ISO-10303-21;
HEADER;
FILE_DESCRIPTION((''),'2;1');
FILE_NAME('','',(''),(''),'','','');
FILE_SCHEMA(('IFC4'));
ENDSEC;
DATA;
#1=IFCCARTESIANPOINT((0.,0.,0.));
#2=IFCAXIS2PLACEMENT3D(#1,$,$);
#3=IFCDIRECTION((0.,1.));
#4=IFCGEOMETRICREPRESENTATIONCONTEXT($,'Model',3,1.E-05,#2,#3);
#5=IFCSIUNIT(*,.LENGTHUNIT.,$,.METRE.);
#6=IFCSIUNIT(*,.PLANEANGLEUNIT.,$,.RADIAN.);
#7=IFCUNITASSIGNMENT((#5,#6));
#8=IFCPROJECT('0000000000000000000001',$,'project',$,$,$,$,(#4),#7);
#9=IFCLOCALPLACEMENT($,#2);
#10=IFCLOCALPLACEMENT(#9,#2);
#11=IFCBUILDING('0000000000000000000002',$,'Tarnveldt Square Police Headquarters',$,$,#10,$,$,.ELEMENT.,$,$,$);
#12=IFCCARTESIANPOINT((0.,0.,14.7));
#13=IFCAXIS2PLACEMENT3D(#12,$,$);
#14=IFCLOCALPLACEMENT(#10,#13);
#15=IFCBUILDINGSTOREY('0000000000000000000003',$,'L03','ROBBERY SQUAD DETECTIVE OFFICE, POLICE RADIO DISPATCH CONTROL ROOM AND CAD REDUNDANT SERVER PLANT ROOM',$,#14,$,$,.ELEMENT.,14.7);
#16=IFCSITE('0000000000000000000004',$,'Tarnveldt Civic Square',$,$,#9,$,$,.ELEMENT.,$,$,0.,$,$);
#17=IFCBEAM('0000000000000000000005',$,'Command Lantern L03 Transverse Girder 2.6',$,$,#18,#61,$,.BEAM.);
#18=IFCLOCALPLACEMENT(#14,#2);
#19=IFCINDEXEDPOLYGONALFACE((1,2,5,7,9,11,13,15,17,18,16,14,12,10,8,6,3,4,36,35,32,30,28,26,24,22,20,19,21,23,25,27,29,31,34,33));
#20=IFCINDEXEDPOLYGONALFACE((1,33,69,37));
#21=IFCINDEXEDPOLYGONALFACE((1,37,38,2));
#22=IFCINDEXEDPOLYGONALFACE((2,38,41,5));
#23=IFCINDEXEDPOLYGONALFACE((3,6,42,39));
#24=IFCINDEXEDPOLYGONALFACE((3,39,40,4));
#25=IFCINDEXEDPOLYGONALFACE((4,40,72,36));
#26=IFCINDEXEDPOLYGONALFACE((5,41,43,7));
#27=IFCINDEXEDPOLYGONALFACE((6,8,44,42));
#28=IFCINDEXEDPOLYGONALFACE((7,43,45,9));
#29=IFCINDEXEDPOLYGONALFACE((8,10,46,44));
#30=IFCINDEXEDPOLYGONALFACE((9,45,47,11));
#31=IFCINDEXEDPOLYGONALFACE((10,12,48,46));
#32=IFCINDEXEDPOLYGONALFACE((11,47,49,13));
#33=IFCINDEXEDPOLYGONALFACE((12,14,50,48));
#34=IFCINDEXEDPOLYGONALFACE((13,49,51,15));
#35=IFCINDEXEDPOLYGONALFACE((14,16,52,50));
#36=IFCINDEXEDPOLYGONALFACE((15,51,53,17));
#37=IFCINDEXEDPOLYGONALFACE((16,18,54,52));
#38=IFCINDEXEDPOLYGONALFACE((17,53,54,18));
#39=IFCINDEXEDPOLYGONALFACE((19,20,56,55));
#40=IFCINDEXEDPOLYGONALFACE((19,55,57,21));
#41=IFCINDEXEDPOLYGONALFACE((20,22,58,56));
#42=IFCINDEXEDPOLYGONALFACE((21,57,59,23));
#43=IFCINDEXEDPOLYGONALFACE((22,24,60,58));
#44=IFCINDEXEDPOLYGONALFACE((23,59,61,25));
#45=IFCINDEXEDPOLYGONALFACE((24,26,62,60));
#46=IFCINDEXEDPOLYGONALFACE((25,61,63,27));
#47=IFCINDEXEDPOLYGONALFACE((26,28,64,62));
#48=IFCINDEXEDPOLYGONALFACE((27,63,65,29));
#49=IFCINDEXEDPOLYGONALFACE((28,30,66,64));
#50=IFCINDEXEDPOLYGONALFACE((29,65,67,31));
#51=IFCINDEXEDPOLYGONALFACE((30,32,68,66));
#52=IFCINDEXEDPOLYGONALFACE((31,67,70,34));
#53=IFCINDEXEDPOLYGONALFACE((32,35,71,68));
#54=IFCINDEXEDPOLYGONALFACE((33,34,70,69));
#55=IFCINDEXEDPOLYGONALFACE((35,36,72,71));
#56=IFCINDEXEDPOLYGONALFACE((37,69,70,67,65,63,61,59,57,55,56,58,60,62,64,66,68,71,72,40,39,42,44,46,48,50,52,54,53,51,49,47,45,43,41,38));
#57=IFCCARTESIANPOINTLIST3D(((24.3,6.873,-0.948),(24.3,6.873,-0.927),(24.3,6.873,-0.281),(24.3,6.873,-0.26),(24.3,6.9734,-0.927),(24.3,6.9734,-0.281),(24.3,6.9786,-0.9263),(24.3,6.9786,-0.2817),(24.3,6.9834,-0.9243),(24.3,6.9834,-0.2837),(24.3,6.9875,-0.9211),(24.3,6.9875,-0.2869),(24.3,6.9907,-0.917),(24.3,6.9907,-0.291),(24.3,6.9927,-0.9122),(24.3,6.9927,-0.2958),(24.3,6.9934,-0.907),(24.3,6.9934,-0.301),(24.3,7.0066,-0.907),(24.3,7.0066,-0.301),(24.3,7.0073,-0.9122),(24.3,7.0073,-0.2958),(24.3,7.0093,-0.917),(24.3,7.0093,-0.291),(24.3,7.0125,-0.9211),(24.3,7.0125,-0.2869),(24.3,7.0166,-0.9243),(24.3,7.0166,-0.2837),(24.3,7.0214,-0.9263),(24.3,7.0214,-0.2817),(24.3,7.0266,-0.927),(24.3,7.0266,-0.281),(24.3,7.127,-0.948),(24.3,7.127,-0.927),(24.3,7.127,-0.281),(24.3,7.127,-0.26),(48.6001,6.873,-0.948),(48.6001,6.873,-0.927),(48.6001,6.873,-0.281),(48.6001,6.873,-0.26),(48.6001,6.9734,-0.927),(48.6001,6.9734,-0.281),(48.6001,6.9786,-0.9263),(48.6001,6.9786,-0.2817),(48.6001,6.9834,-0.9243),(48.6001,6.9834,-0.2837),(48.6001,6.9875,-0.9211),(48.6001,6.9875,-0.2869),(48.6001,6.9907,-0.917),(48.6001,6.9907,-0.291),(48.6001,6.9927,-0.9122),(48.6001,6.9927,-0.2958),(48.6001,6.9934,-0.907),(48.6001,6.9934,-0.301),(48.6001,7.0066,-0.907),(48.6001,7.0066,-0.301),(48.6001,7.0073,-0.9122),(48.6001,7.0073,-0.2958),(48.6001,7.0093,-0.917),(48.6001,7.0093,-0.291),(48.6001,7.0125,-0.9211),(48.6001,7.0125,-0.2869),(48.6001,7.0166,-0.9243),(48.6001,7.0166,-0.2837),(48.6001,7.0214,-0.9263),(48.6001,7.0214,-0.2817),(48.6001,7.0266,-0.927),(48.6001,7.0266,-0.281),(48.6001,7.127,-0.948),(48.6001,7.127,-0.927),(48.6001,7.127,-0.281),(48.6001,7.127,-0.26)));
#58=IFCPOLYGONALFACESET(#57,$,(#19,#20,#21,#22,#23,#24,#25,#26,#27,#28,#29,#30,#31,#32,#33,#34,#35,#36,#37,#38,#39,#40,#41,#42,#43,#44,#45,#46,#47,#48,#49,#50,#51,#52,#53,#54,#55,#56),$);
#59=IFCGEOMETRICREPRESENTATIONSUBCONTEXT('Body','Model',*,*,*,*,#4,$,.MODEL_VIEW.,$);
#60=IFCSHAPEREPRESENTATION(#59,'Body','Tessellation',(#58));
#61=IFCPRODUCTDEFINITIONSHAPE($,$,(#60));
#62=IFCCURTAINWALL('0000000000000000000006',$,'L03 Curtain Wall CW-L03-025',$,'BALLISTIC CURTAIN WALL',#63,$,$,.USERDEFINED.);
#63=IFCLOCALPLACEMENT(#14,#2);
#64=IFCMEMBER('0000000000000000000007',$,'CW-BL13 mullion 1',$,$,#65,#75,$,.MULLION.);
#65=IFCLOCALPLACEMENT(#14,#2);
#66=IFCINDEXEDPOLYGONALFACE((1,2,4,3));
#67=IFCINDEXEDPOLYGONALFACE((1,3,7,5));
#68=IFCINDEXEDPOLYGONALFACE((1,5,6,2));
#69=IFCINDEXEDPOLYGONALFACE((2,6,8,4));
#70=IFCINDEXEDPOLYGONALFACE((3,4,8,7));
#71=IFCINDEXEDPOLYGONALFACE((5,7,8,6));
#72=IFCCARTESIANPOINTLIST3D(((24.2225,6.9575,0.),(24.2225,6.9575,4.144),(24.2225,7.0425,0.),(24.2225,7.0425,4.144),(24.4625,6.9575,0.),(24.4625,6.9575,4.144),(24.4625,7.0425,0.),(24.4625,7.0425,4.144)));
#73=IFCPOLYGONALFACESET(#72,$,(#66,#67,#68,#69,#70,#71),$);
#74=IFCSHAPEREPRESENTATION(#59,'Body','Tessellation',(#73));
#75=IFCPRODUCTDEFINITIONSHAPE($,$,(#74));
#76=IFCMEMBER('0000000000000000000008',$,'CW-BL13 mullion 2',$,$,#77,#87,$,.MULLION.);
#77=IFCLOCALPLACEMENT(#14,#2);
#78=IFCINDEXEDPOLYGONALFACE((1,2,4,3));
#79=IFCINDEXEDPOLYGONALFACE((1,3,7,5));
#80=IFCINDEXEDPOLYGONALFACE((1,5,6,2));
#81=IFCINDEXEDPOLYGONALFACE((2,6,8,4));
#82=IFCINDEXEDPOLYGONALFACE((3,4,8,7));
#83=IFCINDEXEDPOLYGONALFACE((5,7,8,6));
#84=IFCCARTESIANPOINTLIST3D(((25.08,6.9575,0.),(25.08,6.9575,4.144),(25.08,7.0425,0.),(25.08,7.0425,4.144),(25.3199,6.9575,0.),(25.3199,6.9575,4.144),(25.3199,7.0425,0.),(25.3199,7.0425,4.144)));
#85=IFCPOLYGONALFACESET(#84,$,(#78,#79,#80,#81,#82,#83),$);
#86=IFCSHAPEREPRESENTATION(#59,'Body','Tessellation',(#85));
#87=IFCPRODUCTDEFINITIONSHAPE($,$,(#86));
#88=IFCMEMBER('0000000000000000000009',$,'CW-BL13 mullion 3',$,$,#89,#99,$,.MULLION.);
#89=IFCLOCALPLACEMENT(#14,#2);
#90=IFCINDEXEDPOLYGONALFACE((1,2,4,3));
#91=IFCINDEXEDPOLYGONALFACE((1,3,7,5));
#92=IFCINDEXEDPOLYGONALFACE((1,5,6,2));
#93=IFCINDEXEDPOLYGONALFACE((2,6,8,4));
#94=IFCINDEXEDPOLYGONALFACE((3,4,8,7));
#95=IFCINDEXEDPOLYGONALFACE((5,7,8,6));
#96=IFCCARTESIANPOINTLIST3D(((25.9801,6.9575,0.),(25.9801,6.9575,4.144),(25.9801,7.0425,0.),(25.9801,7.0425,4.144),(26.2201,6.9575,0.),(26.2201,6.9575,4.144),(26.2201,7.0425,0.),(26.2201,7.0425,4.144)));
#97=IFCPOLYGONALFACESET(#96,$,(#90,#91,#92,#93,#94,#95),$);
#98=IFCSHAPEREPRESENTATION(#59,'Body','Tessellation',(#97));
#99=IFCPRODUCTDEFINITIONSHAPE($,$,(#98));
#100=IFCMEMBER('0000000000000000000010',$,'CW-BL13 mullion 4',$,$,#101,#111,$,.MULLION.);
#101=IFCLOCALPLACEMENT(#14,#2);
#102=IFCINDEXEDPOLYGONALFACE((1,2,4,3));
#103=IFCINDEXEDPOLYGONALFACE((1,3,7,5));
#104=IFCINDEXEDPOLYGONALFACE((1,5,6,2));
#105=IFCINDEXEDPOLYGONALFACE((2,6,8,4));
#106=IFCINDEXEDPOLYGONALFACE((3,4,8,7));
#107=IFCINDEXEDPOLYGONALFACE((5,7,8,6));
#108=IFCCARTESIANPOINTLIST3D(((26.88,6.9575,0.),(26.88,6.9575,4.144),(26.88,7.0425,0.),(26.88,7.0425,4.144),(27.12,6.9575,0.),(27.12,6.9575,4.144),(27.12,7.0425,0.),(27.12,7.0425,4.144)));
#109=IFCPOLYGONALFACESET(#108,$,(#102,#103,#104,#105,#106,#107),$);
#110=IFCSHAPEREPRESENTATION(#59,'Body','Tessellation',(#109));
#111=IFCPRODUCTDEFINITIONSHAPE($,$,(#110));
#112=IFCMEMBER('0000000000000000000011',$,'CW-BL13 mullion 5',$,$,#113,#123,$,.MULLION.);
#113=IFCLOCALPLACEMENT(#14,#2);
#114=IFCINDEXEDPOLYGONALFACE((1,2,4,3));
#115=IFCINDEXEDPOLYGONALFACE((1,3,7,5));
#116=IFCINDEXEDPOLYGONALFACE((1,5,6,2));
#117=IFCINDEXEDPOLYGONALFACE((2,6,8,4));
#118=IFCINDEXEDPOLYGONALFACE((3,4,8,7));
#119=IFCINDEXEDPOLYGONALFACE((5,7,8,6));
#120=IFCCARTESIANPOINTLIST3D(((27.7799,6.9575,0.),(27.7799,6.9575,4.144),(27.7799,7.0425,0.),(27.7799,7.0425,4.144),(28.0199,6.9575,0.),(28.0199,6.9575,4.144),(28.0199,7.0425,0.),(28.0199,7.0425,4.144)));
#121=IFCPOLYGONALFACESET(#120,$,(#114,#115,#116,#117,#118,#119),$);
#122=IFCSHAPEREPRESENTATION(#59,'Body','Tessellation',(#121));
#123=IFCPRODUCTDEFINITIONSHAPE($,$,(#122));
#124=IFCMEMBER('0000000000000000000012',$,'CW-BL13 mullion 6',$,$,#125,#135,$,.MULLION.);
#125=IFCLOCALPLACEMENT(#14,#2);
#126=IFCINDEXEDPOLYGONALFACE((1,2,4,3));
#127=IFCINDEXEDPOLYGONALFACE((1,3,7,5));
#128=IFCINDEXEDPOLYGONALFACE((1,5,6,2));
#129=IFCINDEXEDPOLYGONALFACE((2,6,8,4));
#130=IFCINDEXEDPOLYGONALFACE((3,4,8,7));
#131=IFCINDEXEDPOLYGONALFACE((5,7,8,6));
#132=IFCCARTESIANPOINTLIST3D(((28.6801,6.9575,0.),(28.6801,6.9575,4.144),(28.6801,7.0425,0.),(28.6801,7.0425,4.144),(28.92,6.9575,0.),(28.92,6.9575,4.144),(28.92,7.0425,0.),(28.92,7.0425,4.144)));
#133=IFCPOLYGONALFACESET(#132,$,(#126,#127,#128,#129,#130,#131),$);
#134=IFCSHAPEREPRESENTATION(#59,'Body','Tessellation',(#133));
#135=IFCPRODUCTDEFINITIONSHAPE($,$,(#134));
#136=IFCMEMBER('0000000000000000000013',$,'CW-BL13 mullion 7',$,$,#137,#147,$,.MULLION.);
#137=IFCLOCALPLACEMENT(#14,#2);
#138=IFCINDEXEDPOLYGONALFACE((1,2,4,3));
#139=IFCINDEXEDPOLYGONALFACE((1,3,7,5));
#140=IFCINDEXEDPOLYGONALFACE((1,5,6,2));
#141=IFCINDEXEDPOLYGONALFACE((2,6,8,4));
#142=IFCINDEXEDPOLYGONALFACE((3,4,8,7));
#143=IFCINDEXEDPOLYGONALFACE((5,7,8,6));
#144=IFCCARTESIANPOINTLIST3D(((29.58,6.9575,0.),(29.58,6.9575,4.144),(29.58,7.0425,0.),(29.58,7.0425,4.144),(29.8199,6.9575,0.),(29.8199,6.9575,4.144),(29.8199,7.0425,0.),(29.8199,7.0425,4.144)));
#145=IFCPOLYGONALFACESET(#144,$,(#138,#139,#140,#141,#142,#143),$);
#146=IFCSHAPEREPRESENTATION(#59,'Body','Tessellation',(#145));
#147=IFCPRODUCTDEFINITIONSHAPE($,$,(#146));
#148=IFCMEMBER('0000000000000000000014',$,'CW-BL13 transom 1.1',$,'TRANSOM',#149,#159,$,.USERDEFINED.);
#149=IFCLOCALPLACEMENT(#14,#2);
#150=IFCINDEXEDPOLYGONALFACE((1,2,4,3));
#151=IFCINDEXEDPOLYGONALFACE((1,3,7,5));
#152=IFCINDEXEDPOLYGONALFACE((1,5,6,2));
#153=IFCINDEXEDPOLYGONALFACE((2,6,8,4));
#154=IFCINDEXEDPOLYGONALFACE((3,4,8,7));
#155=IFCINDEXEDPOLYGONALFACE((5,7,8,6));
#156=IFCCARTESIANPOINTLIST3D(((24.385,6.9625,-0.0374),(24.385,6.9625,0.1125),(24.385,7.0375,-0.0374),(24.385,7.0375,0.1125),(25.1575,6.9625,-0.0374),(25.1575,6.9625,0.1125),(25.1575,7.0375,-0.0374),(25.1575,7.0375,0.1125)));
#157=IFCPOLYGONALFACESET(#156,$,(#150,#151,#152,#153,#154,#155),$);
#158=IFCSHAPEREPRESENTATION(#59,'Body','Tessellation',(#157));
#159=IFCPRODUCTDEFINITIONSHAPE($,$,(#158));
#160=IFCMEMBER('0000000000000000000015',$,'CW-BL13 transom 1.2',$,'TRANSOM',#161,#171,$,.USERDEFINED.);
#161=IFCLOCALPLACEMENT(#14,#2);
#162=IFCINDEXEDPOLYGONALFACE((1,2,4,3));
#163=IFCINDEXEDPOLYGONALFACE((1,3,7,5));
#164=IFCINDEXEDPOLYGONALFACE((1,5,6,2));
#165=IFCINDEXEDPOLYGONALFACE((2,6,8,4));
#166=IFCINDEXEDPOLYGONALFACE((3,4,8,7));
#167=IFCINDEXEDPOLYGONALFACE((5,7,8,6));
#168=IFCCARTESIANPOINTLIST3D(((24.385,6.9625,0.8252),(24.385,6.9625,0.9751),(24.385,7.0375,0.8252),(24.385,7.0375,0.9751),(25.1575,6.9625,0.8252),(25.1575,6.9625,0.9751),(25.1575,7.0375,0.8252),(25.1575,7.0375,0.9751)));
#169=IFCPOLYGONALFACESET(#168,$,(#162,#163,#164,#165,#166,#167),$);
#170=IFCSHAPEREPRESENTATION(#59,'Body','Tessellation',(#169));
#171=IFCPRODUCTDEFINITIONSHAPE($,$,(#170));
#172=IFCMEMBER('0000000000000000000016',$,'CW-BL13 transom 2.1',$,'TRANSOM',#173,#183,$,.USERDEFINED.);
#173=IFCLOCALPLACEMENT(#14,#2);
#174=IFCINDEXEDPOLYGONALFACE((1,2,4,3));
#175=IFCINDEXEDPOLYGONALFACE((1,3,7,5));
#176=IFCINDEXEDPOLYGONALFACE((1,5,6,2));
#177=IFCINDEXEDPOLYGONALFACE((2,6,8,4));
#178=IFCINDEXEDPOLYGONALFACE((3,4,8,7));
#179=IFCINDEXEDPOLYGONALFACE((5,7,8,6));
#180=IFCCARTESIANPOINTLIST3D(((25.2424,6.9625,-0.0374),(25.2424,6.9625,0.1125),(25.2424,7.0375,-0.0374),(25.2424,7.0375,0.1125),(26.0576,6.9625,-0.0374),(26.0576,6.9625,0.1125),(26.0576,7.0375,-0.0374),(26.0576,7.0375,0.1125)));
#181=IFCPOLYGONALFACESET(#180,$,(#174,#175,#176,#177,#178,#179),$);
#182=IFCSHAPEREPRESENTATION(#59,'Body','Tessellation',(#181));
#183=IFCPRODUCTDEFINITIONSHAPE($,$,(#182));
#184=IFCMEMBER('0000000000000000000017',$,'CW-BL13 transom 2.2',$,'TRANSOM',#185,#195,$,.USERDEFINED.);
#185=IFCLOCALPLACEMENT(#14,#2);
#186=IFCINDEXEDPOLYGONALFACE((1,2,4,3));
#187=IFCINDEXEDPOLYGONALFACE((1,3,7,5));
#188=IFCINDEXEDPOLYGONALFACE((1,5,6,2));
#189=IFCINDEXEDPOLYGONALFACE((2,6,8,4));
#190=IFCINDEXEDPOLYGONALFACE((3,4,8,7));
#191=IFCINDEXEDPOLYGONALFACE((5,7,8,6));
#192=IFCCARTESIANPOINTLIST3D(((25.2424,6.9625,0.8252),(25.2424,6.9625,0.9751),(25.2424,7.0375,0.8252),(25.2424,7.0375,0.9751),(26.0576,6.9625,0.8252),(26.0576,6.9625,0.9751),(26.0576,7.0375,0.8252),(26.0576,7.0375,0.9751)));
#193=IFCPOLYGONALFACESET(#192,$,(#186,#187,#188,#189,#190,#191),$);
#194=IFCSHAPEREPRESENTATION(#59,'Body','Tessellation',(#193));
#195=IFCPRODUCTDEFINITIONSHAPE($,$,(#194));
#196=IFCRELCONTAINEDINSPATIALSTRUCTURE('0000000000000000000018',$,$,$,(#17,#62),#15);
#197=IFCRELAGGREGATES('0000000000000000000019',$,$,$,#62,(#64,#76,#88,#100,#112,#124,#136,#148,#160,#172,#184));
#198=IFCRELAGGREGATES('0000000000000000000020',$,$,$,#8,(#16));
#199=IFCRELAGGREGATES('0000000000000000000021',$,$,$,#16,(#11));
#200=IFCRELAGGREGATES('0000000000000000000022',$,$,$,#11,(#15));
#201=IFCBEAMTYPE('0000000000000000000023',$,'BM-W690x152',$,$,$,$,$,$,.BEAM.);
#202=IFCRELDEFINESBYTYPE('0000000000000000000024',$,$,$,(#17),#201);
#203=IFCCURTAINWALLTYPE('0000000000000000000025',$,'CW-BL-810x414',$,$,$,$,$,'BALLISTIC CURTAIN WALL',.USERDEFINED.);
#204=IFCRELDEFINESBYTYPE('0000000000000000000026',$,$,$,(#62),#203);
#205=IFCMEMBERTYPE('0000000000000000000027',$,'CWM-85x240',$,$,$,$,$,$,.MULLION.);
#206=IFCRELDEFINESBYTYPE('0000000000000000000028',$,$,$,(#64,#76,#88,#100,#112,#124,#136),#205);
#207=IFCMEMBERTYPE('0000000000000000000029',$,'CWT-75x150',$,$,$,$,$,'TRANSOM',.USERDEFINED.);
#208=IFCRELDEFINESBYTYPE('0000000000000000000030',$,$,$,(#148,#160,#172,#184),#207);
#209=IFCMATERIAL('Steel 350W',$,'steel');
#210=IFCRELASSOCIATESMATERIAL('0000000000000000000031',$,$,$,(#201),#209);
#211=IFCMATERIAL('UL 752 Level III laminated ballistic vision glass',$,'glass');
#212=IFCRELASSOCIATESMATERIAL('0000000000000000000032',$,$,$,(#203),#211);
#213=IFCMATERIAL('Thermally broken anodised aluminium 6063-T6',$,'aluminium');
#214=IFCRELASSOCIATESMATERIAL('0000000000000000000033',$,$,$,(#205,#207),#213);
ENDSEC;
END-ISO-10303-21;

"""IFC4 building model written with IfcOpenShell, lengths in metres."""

from ifc_helpers import new_model, si_unit, direction, frame, origin, origin_2d, place, context, subcontext, project, spatial, rectangle, i_section, extrude, material, material_profile, profile_set, type_object, element, aggregate, save


model = new_model("IFC4")

# Units and contexts
model_context = context("Model", 3, precision=1e-05, world=origin(), true_north=direction((0.0, 1.0)))
body_context = subcontext(model_context, "Body", "Model", "MODEL_VIEW")
ifc_project = project(units=[si_unit("LENGTHUNIT", "METRE"), si_unit("PLANEANGLEUNIT", "RADIAN")], contexts=[model_context])

# Site, building, storey
site_placement = place(None, origin())
site = spatial("IfcSite", under=ifc_project, at=site_placement, Name="Tarnveldt Civic Square", CompositionType="ELEMENT", RefElevation=0.0)
building_placement = place(site_placement, origin())
building = spatial("IfcBuilding", under=site, at=building_placement, Name="Tarnveldt Square Police Headquarters", CompositionType="ELEMENT")
storey_placement = place(building_placement, frame((0.0, 0.0, 14.7)))
storey = spatial("IfcBuildingStorey", under=building, at=storey_placement, Name="L03", Description="ROBBERY SQUAD DETECTIVE OFFICE, POLICE RADIO DISPATCH CONTROL ROOM AND CAD REDUNDANT SERVER PLANT ROOM", CompositionType="ELEMENT", Elevation=14.7)

# Beam
ifc_material_1 = material(Name="Steel 350W", Category="steel")
ifc_material_profile_1 = material_profile(ifc_material_1, i_section(OverallWidth=0.2539, OverallDepth=0.688, WebThickness=0.0132, FlangeThickness=0.021, FilletRadius=0.02, at=origin_2d()), Name="W690x152")
ifc_profile_set_1 = profile_set([ifc_material_profile_1], Name="Steel 350W")
beam_type = type_object("IfcBeamType", Name="BM-W690x152", PredefinedType="BEAM", material=ifc_profile_set_1)
beam_placement = place(storey_placement, frame((24.3, 7.0, -0.604), z_axis=(1.0, 0.0, 0.0), x_axis=(0.0, 1.0, 0.0)))
element("IfcBeam", 1, at=beam_placement, inside=storey, type_object=beam_type, Name="Command Lantern L03 Transverse Girder 2.6", PredefinedType="BEAM", context=body_context, shape_type="SweptSolid", body=[
    extrude(i_section(OverallWidth=0.2539, OverallDepth=0.688, WebThickness=0.0132, FlangeThickness=0.021, FilletRadius=0.02, at=origin_2d()), origin(), (0.0, 0.0, 1.0), 24.3),
])

# Curtain wall, members
ifc_material_2 = material(Name="UL 752 Level III laminated ballistic vision glass", Category="glass")
curtain_wall_type = type_object("IfcCurtainWallType", Name="CW-BL-810x414", ElementType="BALLISTIC CURTAIN WALL", PredefinedType="USERDEFINED", material=ifc_material_2)
curtain_wall_placement = place(storey_placement, origin())
curtain_wall = element("IfcCurtainWall", 2, at=curtain_wall_placement, inside=storey, type_object=curtain_wall_type, Name="L03 Curtain Wall CW-L03-025", ObjectType="BALLISTIC CURTAIN WALL", PredefinedType="USERDEFINED")
ifc_material_3 = material(Name="Thermally broken anodised aluminium 6063-T6", Category="aluminium")
ifc_material_profile_2 = material_profile(ifc_material_3, rectangle(XDim=0.085, YDim=0.24, at=origin_2d()), Name="CW-M85x240")
ifc_profile_set_2 = profile_set([ifc_material_profile_2], Name="Thermally broken anodised aluminium 6063-T6")
member_type_1 = type_object("IfcMemberType", Name="CWM-85x240", PredefinedType="MULLION", material=ifc_profile_set_2)
member_1_placement = place(storey_placement, frame((24.3425, 7.0, 0.0), z_axis=(0.0, 0.0, 1.0), x_axis=(0.0, 1.0, 0.0)))
member_1 = element("IfcMember", 3, at=member_1_placement, type_object=member_type_1, Name="CW-BL13 mullion 1", PredefinedType="MULLION", context=body_context, shape_type="SweptSolid", body=[
    extrude(rectangle(XDim=0.085, YDim=0.24, at=origin_2d()), origin(), (0.0, 0.0, 1.0), 4.144),
])
member_2_placement = place(storey_placement, frame((25.2, 7.0, 0.0), z_axis=(0.0, 0.0, 1.0), x_axis=(0.0, 1.0, 0.0)))
member_2 = element("IfcMember", 4, at=member_2_placement, type_object=member_type_1, Name="CW-BL13 mullion 2", PredefinedType="MULLION", context=body_context, shape_type="SweptSolid", body=[
    extrude(rectangle(XDim=0.085, YDim=0.24, at=origin_2d()), origin(), (0.0, 0.0, 1.0), 4.144),
])
member_3_placement = place(storey_placement, frame((26.1001, 7.0, 0.0), z_axis=(0.0, 0.0, 1.0), x_axis=(0.0, 1.0, 0.0)))
member_3 = element("IfcMember", 5, at=member_3_placement, type_object=member_type_1, Name="CW-BL13 mullion 3", PredefinedType="MULLION", context=body_context, shape_type="SweptSolid", body=[
    extrude(rectangle(XDim=0.085, YDim=0.24, at=origin_2d()), origin(), (0.0, 0.0, 1.0), 4.144),
])
member_4_placement = place(storey_placement, frame((27.0, 7.0, 0.0), z_axis=(0.0, 0.0, 1.0), x_axis=(0.0, 1.0, 0.0)))
member_4 = element("IfcMember", 6, at=member_4_placement, type_object=member_type_1, Name="CW-BL13 mullion 4", PredefinedType="MULLION", context=body_context, shape_type="SweptSolid", body=[
    extrude(rectangle(XDim=0.085, YDim=0.24, at=origin_2d()), origin(), (0.0, 0.0, 1.0), 4.144),
])
member_5_placement = place(storey_placement, frame((27.8999, 7.0, 0.0), z_axis=(0.0, 0.0, 1.0), x_axis=(0.0, 1.0, 0.0)))
member_5 = element("IfcMember", 7, at=member_5_placement, type_object=member_type_1, Name="CW-BL13 mullion 5", PredefinedType="MULLION", context=body_context, shape_type="SweptSolid", body=[
    extrude(rectangle(XDim=0.085, YDim=0.24, at=origin_2d()), origin(), (0.0, 0.0, 1.0), 4.144),
])
member_6_placement = place(storey_placement, frame((28.8, 7.0, 0.0), z_axis=(0.0, 0.0, 1.0), x_axis=(0.0, 1.0, 0.0)))
member_6 = element("IfcMember", 8, at=member_6_placement, type_object=member_type_1, Name="CW-BL13 mullion 6", PredefinedType="MULLION", context=body_context, shape_type="SweptSolid", body=[
    extrude(rectangle(XDim=0.085, YDim=0.24, at=origin_2d()), origin(), (0.0, 0.0, 1.0), 4.144),
])
member_7_placement = place(storey_placement, frame((29.7, 7.0, 0.0), z_axis=(0.0, 0.0, 1.0), x_axis=(0.0, 1.0, 0.0)))
member_7 = element("IfcMember", 9, at=member_7_placement, type_object=member_type_1, Name="CW-BL13 mullion 7", PredefinedType="MULLION", context=body_context, shape_type="SweptSolid", body=[
    extrude(rectangle(XDim=0.085, YDim=0.24, at=origin_2d()), origin(), (0.0, 0.0, 1.0), 4.144),
])
ifc_material_profile_3 = material_profile(ifc_material_3, rectangle(XDim=0.075, YDim=0.1499, at=origin_2d()), Name="CW-T75x150")
ifc_profile_set_3 = profile_set([ifc_material_profile_3], Name="Thermally broken anodised aluminium 6063-T6")
member_type_2 = type_object("IfcMemberType", Name="CWT-75x150", ElementType="TRANSOM", PredefinedType="USERDEFINED", material=ifc_profile_set_3)
member_8_placement = place(storey_placement, frame((24.385, 7.0, 0.0376), z_axis=(1.0, 0.0, 0.0), x_axis=(0.0, 1.0, 0.0)))
member_8 = element("IfcMember", 10, at=member_8_placement, type_object=member_type_2, Name="CW-BL13 transom 1.1", ObjectType="TRANSOM", PredefinedType="USERDEFINED", context=body_context, shape_type="SweptSolid", body=[
    extrude(rectangle(XDim=0.075, YDim=0.1499, at=origin_2d()), origin(), (0.0, 0.0, 1.0), 0.7725),
])
member_9_placement = place(storey_placement, frame((24.385, 7.0, 0.9001), z_axis=(1.0, 0.0, 0.0), x_axis=(0.0, 1.0, 0.0)))
member_9 = element("IfcMember", 11, at=member_9_placement, type_object=member_type_2, Name="CW-BL13 transom 1.2", ObjectType="TRANSOM", PredefinedType="USERDEFINED", context=body_context, shape_type="SweptSolid", body=[
    extrude(rectangle(XDim=0.075, YDim=0.1499, at=origin_2d()), origin(), (0.0, 0.0, 1.0), 0.7725),
])
member_10_placement = place(storey_placement, frame((25.2424, 7.0, 0.0376), z_axis=(1.0, 0.0, 0.0), x_axis=(0.0, 1.0, 0.0)))
member_10 = element("IfcMember", 12, at=member_10_placement, type_object=member_type_2, Name="CW-BL13 transom 2.1", ObjectType="TRANSOM", PredefinedType="USERDEFINED", context=body_context, shape_type="SweptSolid", body=[
    extrude(rectangle(XDim=0.075, YDim=0.1499, at=origin_2d()), origin(), (0.0, 0.0, 1.0), 0.8152),
])
member_11_placement = place(storey_placement, frame((25.2424, 7.0, 0.9001), z_axis=(1.0, 0.0, 0.0), x_axis=(0.0, 1.0, 0.0)))
member_11 = element("IfcMember", 13, at=member_11_placement, type_object=member_type_2, Name="CW-BL13 transom 2.2", ObjectType="TRANSOM", PredefinedType="USERDEFINED", context=body_context, shape_type="SweptSolid", body=[
    extrude(rectangle(XDim=0.075, YDim=0.1499, at=origin_2d()), origin(), (0.0, 0.0, 1.0), 0.8152),
])

aggregate(curtain_wall, [member_1, member_2, member_3, member_4, member_5, member_6, member_7, member_8, member_9, member_10, member_11])

save(model, "model.ifc")
